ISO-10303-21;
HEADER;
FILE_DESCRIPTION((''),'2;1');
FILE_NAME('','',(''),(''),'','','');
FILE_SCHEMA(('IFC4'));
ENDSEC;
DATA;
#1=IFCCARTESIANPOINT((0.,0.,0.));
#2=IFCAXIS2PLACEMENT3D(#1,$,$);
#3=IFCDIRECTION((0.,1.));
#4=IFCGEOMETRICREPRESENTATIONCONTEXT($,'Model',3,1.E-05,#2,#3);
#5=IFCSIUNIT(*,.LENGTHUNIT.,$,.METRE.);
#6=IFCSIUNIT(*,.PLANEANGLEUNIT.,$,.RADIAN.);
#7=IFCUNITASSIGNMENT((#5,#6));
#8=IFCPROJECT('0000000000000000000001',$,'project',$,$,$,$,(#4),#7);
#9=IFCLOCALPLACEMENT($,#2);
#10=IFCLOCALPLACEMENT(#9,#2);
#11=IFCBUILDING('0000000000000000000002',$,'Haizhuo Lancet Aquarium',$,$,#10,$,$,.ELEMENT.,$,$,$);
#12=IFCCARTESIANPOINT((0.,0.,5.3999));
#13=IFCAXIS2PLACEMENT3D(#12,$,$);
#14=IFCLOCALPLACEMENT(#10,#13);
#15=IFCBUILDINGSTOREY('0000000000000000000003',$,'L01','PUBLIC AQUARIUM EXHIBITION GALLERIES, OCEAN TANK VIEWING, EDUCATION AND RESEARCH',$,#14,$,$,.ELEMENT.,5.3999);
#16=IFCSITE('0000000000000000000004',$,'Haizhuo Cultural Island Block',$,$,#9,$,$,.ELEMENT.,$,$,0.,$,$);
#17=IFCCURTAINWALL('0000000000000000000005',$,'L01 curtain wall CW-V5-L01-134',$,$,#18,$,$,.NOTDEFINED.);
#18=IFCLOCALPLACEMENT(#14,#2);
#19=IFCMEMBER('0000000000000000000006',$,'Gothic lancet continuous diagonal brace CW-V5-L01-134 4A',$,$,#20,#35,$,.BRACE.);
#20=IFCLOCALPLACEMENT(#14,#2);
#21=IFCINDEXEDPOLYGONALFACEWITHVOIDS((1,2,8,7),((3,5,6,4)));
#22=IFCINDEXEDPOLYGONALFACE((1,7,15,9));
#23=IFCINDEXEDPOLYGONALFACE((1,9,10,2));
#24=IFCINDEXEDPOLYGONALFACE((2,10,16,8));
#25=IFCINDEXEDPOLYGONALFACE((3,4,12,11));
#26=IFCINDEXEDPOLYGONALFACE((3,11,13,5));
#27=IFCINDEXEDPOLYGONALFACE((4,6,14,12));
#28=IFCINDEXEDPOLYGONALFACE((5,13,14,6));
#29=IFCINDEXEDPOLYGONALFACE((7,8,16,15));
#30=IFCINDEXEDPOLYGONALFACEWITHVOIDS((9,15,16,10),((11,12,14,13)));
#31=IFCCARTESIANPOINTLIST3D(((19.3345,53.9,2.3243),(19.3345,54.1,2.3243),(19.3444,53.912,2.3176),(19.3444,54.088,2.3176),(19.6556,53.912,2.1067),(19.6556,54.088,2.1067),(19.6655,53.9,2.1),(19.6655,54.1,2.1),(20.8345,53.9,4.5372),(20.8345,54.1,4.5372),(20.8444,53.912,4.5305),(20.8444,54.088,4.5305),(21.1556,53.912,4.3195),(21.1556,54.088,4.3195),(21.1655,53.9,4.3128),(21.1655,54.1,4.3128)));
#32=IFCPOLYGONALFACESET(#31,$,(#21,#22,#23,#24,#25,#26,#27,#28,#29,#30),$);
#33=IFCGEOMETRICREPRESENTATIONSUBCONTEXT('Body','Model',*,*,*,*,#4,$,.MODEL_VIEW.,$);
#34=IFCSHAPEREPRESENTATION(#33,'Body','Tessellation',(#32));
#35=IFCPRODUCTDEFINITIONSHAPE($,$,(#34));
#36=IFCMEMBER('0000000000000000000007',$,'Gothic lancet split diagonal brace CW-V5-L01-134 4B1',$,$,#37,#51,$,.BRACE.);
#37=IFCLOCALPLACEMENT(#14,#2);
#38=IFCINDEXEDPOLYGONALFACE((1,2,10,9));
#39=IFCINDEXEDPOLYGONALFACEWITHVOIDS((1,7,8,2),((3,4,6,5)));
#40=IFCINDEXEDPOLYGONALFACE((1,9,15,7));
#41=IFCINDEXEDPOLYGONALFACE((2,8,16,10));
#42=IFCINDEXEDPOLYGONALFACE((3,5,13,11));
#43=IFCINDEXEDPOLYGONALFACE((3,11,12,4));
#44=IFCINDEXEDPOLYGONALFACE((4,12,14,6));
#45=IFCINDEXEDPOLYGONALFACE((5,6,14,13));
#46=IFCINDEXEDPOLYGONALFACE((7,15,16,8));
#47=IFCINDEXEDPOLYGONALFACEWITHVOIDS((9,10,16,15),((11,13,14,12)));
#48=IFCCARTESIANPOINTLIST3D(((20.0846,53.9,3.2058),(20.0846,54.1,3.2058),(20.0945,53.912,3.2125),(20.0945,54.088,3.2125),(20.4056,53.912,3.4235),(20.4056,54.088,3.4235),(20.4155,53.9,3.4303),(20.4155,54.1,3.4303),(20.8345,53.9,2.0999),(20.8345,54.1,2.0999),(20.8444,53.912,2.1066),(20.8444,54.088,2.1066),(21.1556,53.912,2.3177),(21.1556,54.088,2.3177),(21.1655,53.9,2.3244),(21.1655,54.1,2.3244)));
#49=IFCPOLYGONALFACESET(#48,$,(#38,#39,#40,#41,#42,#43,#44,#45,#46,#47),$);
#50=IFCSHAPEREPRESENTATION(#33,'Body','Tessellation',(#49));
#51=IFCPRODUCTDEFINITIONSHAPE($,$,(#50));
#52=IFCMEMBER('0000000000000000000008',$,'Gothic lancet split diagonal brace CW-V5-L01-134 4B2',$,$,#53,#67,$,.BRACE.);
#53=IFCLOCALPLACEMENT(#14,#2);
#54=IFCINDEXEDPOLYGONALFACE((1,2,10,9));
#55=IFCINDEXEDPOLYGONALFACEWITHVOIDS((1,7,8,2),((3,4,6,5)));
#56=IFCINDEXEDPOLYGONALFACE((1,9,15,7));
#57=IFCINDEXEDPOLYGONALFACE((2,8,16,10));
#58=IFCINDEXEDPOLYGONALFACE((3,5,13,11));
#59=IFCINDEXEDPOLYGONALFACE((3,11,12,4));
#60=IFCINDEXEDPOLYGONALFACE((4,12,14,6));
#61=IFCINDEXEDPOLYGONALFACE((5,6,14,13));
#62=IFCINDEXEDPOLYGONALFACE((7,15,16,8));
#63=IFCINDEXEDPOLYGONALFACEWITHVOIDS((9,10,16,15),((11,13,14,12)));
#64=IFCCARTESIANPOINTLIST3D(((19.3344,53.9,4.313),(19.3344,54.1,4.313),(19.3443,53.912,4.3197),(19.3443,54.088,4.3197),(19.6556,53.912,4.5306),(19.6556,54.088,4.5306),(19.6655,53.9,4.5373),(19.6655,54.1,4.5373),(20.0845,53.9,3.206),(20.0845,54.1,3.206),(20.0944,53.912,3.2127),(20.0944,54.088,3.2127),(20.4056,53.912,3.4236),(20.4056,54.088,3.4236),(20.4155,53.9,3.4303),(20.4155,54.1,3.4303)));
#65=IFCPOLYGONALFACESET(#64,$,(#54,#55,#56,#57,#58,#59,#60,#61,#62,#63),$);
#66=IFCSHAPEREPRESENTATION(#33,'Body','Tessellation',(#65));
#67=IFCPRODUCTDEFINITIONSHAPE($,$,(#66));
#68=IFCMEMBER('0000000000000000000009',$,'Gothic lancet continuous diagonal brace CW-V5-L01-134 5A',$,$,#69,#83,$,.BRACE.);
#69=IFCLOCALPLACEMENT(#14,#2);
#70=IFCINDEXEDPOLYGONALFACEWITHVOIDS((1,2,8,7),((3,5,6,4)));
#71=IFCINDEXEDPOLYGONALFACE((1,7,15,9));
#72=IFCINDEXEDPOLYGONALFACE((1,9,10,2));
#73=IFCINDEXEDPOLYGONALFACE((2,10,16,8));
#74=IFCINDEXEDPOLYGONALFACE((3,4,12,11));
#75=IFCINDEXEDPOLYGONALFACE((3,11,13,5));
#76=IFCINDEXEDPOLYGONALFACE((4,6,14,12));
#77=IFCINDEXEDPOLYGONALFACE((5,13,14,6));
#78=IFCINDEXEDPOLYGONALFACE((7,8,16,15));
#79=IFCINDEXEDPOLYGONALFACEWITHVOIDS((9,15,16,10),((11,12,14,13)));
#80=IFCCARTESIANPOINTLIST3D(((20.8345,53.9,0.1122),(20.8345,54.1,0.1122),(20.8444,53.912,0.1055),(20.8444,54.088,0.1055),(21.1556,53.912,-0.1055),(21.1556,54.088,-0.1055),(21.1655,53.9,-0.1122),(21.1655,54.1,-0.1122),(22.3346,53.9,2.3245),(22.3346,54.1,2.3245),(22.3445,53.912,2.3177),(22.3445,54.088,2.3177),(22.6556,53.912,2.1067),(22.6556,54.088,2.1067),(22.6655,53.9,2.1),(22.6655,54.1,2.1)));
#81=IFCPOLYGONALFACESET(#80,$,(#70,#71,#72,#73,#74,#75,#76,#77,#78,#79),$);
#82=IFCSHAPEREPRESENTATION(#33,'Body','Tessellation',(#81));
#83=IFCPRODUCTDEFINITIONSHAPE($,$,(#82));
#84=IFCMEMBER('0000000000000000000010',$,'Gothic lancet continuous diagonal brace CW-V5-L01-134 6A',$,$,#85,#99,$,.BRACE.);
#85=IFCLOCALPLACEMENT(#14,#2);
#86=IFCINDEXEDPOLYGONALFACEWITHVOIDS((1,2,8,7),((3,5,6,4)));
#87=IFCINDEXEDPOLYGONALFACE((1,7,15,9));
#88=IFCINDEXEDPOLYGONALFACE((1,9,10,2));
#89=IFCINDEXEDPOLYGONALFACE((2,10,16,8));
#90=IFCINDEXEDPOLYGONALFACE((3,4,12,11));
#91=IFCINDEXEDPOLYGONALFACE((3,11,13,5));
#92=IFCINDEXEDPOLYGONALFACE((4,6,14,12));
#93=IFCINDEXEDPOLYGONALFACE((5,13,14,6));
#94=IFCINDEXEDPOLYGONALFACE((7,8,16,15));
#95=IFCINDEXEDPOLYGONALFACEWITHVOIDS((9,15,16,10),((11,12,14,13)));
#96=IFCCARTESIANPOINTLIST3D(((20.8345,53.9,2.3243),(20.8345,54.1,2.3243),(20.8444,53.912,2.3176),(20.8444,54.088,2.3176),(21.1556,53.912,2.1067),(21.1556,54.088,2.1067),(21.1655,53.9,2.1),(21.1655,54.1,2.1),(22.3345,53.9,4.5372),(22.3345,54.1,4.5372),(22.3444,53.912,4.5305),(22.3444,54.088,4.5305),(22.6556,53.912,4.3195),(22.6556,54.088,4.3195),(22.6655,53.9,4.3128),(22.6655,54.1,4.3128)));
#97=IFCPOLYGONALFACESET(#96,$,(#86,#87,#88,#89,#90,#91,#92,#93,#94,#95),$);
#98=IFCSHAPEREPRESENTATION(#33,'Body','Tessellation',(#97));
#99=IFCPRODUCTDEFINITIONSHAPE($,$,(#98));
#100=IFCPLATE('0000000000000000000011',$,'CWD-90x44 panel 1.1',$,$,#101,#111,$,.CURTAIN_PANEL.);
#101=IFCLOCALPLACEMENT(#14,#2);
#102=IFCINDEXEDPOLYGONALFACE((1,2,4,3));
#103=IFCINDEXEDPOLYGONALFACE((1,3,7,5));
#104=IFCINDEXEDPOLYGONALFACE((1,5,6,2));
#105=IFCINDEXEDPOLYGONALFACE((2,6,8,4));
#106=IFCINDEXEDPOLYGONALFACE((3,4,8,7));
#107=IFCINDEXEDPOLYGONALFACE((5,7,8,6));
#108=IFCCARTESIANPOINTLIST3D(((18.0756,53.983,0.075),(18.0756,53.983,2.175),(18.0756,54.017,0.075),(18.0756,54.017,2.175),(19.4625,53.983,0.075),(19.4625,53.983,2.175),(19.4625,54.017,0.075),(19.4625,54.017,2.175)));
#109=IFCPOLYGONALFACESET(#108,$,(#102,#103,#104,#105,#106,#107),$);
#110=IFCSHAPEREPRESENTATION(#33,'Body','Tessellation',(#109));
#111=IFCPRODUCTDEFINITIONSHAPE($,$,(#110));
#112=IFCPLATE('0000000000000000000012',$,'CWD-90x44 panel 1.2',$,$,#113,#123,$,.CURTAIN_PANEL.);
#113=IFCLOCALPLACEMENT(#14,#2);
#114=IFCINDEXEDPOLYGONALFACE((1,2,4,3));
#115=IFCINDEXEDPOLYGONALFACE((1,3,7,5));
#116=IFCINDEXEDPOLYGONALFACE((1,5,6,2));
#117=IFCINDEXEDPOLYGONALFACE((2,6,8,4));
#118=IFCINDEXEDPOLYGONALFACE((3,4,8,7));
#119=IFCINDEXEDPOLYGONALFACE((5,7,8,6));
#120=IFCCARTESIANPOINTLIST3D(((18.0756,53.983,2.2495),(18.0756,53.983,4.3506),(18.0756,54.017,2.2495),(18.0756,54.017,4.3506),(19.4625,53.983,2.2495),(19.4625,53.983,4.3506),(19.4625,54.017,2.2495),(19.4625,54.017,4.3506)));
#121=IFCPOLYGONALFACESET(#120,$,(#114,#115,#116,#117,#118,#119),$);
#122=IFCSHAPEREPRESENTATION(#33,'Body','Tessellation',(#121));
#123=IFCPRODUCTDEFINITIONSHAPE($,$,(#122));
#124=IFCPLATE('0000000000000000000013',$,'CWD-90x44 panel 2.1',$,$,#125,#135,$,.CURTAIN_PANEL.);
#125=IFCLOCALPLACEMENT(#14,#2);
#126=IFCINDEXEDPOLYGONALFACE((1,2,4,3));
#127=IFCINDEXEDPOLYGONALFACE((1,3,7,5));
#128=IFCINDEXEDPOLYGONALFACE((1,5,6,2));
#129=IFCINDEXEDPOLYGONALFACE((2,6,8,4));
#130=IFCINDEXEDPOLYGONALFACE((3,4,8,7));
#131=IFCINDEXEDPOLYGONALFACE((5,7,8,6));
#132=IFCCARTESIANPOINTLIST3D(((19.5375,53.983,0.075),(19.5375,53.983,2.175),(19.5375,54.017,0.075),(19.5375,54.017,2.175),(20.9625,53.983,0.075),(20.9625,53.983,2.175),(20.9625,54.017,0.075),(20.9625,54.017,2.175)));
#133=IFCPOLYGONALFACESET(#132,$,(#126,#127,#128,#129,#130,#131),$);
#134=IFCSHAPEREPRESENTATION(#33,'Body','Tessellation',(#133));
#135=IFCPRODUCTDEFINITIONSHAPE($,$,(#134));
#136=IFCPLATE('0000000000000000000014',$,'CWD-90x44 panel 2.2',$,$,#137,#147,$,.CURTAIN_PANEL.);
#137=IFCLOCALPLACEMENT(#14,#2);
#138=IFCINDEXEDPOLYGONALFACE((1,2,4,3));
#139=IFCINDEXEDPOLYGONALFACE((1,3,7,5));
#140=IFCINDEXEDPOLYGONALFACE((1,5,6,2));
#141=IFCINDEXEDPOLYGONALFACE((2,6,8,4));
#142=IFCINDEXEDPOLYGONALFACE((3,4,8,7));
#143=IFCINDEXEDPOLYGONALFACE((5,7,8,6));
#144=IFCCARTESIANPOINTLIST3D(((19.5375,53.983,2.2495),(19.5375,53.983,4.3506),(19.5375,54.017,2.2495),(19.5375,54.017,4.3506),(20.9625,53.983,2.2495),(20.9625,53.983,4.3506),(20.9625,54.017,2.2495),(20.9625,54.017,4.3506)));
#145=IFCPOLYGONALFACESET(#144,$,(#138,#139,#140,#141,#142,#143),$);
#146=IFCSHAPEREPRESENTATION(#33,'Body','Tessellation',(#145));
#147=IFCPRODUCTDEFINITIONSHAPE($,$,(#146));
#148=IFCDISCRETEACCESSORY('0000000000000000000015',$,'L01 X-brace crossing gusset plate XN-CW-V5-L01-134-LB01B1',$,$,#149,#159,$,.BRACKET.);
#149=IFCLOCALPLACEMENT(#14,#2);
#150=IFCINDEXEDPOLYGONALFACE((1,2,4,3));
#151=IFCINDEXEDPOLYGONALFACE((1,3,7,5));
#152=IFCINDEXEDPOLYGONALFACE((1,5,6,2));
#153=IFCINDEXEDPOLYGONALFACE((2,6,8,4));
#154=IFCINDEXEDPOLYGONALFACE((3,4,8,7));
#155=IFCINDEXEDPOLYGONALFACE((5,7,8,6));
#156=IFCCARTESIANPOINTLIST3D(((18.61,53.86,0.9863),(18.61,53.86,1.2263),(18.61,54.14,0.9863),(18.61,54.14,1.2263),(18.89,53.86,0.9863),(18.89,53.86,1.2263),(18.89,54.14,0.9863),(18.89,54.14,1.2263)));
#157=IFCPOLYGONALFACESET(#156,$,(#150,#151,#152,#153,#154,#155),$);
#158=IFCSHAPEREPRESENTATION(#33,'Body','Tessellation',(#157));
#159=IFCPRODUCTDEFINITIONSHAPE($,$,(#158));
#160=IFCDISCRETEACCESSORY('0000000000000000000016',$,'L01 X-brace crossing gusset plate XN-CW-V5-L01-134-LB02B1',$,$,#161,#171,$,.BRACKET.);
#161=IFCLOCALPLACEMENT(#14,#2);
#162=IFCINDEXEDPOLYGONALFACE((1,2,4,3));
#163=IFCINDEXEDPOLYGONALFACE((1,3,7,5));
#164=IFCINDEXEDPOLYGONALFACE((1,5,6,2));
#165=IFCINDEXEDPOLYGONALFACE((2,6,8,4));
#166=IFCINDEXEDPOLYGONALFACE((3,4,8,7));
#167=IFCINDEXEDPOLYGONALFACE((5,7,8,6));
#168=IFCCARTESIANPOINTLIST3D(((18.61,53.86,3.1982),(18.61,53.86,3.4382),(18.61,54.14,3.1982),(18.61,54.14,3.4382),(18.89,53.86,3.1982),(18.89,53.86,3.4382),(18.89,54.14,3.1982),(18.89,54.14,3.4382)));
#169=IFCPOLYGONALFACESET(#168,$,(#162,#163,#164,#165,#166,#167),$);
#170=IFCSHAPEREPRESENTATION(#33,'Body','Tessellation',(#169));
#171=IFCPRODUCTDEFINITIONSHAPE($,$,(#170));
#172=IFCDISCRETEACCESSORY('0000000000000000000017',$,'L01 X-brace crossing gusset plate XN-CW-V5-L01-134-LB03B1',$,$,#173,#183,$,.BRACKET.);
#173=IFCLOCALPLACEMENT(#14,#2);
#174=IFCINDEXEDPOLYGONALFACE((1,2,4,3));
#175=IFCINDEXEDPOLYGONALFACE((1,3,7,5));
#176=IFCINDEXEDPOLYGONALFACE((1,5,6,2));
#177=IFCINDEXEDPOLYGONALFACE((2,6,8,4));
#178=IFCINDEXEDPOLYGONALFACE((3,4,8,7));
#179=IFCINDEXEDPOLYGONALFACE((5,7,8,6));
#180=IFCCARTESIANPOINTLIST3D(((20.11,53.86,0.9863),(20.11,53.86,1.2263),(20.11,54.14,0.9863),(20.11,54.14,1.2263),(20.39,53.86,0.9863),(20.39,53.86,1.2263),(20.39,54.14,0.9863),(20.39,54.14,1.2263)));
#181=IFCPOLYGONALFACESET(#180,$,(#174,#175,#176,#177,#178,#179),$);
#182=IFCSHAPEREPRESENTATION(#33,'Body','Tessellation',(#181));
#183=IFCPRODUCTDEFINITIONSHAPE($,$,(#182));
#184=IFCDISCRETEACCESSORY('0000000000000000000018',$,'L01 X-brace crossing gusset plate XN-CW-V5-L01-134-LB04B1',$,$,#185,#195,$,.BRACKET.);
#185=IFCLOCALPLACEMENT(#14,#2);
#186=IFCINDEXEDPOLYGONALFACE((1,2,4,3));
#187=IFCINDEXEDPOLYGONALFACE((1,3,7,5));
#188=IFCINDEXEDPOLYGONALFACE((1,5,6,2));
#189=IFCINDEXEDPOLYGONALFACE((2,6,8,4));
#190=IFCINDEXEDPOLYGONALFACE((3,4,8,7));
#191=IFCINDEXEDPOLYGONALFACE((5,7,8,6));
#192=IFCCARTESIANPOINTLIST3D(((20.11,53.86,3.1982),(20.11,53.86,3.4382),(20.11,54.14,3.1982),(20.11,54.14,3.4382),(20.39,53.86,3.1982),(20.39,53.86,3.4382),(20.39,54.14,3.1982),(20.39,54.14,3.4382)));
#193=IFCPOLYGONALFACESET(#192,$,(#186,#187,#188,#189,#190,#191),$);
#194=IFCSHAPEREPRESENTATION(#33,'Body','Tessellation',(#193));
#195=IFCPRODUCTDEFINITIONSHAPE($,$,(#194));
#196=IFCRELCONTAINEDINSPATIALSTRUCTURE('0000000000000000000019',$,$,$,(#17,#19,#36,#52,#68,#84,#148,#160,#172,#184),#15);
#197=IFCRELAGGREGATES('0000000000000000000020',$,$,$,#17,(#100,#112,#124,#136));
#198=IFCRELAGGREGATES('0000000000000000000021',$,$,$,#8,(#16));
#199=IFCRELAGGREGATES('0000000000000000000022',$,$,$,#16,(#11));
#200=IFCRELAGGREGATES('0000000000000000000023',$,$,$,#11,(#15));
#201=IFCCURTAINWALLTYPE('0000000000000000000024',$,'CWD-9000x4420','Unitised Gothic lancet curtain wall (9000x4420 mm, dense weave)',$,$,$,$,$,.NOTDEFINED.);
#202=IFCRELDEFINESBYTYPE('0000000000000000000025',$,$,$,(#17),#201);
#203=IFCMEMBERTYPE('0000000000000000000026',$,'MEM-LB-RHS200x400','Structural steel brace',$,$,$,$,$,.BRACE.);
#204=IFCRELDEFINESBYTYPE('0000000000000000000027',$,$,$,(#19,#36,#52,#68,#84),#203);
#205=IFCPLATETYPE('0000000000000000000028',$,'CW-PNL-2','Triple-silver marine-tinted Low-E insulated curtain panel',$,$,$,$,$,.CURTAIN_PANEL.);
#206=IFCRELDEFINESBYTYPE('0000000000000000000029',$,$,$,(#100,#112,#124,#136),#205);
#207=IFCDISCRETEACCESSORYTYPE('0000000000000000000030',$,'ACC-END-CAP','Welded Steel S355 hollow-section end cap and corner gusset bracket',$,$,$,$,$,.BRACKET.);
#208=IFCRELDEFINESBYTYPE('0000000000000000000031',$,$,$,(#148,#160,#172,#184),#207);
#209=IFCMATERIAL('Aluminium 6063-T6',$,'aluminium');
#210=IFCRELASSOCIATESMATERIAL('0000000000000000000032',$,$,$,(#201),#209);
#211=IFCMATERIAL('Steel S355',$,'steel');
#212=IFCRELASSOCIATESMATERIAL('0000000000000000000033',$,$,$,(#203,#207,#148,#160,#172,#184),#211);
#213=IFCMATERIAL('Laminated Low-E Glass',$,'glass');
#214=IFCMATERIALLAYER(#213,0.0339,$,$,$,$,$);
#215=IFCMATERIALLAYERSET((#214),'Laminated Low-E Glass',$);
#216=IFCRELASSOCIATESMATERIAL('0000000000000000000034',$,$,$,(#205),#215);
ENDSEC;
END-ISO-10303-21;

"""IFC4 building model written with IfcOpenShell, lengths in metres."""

from ifc_helpers import new_model, si_unit, direction, frame, origin, origin_2d, place, context, subcontext, project, spatial, rectangle, hollow_rectangle, extrude, material, layer, layer_set, material_profile, profile_set, type_object, element, aggregate, save


model = new_model("IFC4")

# Units and contexts
model_context = context("Model", 3, precision=1e-05, world=origin(), true_north=direction((0.0, 1.0)))
body_context = subcontext(model_context, "Body", "Model", "MODEL_VIEW")
ifc_project = project(units=[si_unit("LENGTHUNIT", "METRE"), si_unit("PLANEANGLEUNIT", "RADIAN")], contexts=[model_context])

# Site, building, storey
site_placement = place(None, origin())
site = spatial("IfcSite", under=ifc_project, at=site_placement, Name="Haizhuo Cultural Island Block", CompositionType="ELEMENT", RefElevation=0.0)
building_placement = place(site_placement, origin())
building = spatial("IfcBuilding", under=site, at=building_placement, Name="Haizhuo Lancet Aquarium", CompositionType="ELEMENT")
storey_placement = place(building_placement, frame((0.0, 0.0, 5.3999)))
storey = spatial("IfcBuildingStorey", under=building, at=storey_placement, Name="L01", Description="PUBLIC AQUARIUM EXHIBITION GALLERIES, OCEAN TANK VIEWING, EDUCATION AND RESEARCH", CompositionType="ELEMENT", Elevation=5.3999)

# Curtain wall
ifc_material_1 = material(Name="Aluminium 6063-T6", Category="aluminium")
curtain_wall_type = type_object("IfcCurtainWallType", Name="CWD-9000x4420", Description="Unitised Gothic lancet curtain wall (9000x4420 mm, dense weave)", PredefinedType="NOTDEFINED", material=ifc_material_1)
curtain_wall_placement = place(storey_placement, origin())
curtain_wall = element("IfcCurtainWall", 1, at=curtain_wall_placement, inside=storey, type_object=curtain_wall_type, Name="L01 curtain wall CW-V5-L01-134", PredefinedType="NOTDEFINED")

# Members
ifc_material_2 = material(Name="Steel S355", Category="steel")
ifc_material_profile_1 = material_profile(ifc_material_2, hollow_rectangle(XDim=0.2, YDim=0.3999, WallThickness=0.012, at=origin_2d()), Name="RHS 200x400x12")
ifc_profile_set_1 = profile_set([ifc_material_profile_1], Name="Steel S355")
member_type_1 = type_object("IfcMemberType", Name="MEM-LB-RHS200x400", Description="Structural steel brace", PredefinedType="BRACE", material=ifc_profile_set_1)
member_1_placement = place(storey_placement, frame((19.5, 54.0, 2.2122), z_axis=(0.56109, 0.0, 0.827755), x_axis=(0.0, 1.0, 0.0)))
element("IfcMember", 2, at=member_1_placement, inside=storey, type_object=member_type_1, Name="Gothic lancet continuous diagonal brace CW-V5-L01-134 4A", PredefinedType="BRACE", context=body_context, shape_type="SweptSolid", body=[
    extrude(hollow_rectangle(XDim=0.2, YDim=0.3999, WallThickness=0.012, at=origin_2d()), origin(), (0.0, 0.0, 1.0), 2.6733),
])
member_2_placement = place(storey_placement, frame((21.0, 54.0, 2.2122), z_axis=(-0.56126, 0.0, 0.827639), x_axis=(0.0, -1.0, 0.0)))
element("IfcMember", 3, at=member_2_placement, inside=storey, type_object=member_type_1, Name="Gothic lancet split diagonal brace CW-V5-L01-134 4B1", PredefinedType="BRACE", context=body_context, shape_type="SweptSolid", body=[
    extrude(hollow_rectangle(XDim=0.2, YDim=0.3999, WallThickness=0.012, at=origin_2d()), origin(), (0.0, 0.0, 1.0), 1.3362),
])
member_3_placement = place(storey_placement, frame((20.25, 54.0, 3.3181), z_axis=(-0.560921, 0.0, 0.827869), x_axis=(0.0, -1.0, 0.0)))
element("IfcMember", 4, at=member_3_placement, inside=storey, type_object=member_type_1, Name="Gothic lancet split diagonal brace CW-V5-L01-134 4B2", PredefinedType="BRACE", context=body_context, shape_type="SweptSolid", body=[
    extrude(hollow_rectangle(XDim=0.2, YDim=0.3999, WallThickness=0.012, at=origin_2d()), origin(), (0.0, 0.0, 1.0), 1.3372),
])
member_4_placement = place(storey_placement, frame((21.0, 54.0, 0.0), z_axis=(0.561218, 0.0, 0.827668), x_axis=(0.0, 1.0, 0.0)))
element("IfcMember", 5, at=member_4_placement, inside=storey, type_object=member_type_1, Name="Gothic lancet continuous diagonal brace CW-V5-L01-134 5A", PredefinedType="BRACE", context=body_context, shape_type="SweptSolid", body=[
    extrude(hollow_rectangle(XDim=0.2, YDim=0.3999, WallThickness=0.012, at=origin_2d()), origin(), (0.0, 0.0, 1.0), 2.6729),
])
member_5_placement = place(storey_placement, frame((21.0, 54.0, 2.2122), z_axis=(0.56109, 0.0, 0.827755), x_axis=(0.0, 1.0, 0.0)))
element("IfcMember", 6, at=member_5_placement, inside=storey, type_object=member_type_1, Name="Gothic lancet continuous diagonal brace CW-V5-L01-134 6A", PredefinedType="BRACE", context=body_context, shape_type="SweptSolid", body=[
    extrude(hollow_rectangle(XDim=0.2, YDim=0.3999, WallThickness=0.012, at=origin_2d()), origin(), (0.0, 0.0, 1.0), 2.6733),
])

# Plates
ifc_material_3 = material(Name="Laminated Low-E Glass", Category="glass")
ifc_layer = layer(ifc_material_3, 0.0339)
ifc_layer_set = layer_set([ifc_layer], Name="Laminated Low-E Glass")
plate_type = type_object("IfcPlateType", Name="CW-PNL-2", Description="Triple-silver marine-tinted Low-E insulated curtain panel", PredefinedType="CURTAIN_PANEL", material=ifc_layer_set)
plate_1_placement = place(storey_placement, frame((18.769, 54.0, 0.075), z_axis=(0.0, 0.0, 1.0), x_axis=(1.0, 0.0, 0.0)))
plate_1 = element("IfcPlate", 7, at=plate_1_placement, type_object=plate_type, Name="CWD-90x44 panel 1.1", PredefinedType="CURTAIN_PANEL", context=body_context, shape_type="SweptSolid", body=[
    extrude(rectangle(XDim=1.387, YDim=0.0339, at=origin_2d()), origin(), (0.0, 0.0, 1.0), 2.1001),
])
plate_2_placement = place(storey_placement, frame((18.769, 54.0, 2.2495), z_axis=(0.0, 0.0, 1.0), x_axis=(1.0, 0.0, 0.0)))
plate_2 = element("IfcPlate", 8, at=plate_2_placement, type_object=plate_type, Name="CWD-90x44 panel 1.2", PredefinedType="CURTAIN_PANEL", context=body_context, shape_type="SweptSolid", body=[
    extrude(rectangle(XDim=1.387, YDim=0.0339, at=origin_2d()), origin(), (0.0, 0.0, 1.0), 2.1011),
])
plate_3_placement = place(storey_placement, frame((20.25, 54.0, 0.075), z_axis=(0.0, 0.0, 1.0), x_axis=(1.0, 0.0, 0.0)))
plate_3 = element("IfcPlate", 9, at=plate_3_placement, type_object=plate_type, Name="CWD-90x44 panel 2.1", PredefinedType="CURTAIN_PANEL", context=body_context, shape_type="SweptSolid", body=[
    extrude(rectangle(XDim=1.425, YDim=0.0339, at=origin_2d()), origin(), (0.0, 0.0, 1.0), 2.1001),
])
plate_4_placement = place(storey_placement, frame((20.25, 54.0, 2.2495), z_axis=(0.0, 0.0, 1.0), x_axis=(1.0, 0.0, 0.0)))
plate_4 = element("IfcPlate", 10, at=plate_4_placement, type_object=plate_type, Name="CWD-90x44 panel 2.2", PredefinedType="CURTAIN_PANEL", context=body_context, shape_type="SweptSolid", body=[
    extrude(rectangle(XDim=1.425, YDim=0.0339, at=origin_2d()), origin(), (0.0, 0.0, 1.0), 2.1011),
])
aggregate(curtain_wall, [plate_1, plate_2, plate_3, plate_4])

# Discrete accessories
discrete_accessory_type = type_object("IfcDiscreteAccessoryType", Name="ACC-END-CAP", Description="Welded Steel S355 hollow-section end cap and corner gusset bracket", PredefinedType="BRACKET", material=ifc_material_2)
for number, where, z_axis, x_axis, name in (
    (11, (18.75, 54.0, 0.9863), (0.0, 0.0, 1.0), (1.0, 0.0, 0.0), "L01 X-brace crossing gusset plate XN-CW-V5-L01-134-LB01B1"),
    (12, (18.75, 54.0, 3.1982), (0.0, 0.0, 1.0), (1.0, 0.0, 0.0), "L01 X-brace crossing gusset plate XN-CW-V5-L01-134-LB02B1"),
    (13, (20.25, 54.0, 0.9863), (0.0, 0.0, 1.0), (1.0, 0.0, 0.0), "L01 X-brace crossing gusset plate XN-CW-V5-L01-134-LB03B1"),
    (14, (20.25, 54.0, 3.1982), (0.0, 0.0, 1.0), (1.0, 0.0, 0.0), "L01 X-brace crossing gusset plate XN-CW-V5-L01-134-LB04B1"),
):
    element("IfcDiscreteAccessory", number, at=place(storey_placement, frame(where, z_axis=z_axis, x_axis=x_axis)), inside=storey, type_object=discrete_accessory_type, material=ifc_material_2, Name=name, PredefinedType="BRACKET", context=body_context, shape_type="SweptSolid", body=[
        extrude(rectangle(XDim=0.28, YDim=0.28, at=origin_2d()), origin(), (0.0, 0.0, 1.0), 0.24),
    ])

save(model, "model.ifc")
